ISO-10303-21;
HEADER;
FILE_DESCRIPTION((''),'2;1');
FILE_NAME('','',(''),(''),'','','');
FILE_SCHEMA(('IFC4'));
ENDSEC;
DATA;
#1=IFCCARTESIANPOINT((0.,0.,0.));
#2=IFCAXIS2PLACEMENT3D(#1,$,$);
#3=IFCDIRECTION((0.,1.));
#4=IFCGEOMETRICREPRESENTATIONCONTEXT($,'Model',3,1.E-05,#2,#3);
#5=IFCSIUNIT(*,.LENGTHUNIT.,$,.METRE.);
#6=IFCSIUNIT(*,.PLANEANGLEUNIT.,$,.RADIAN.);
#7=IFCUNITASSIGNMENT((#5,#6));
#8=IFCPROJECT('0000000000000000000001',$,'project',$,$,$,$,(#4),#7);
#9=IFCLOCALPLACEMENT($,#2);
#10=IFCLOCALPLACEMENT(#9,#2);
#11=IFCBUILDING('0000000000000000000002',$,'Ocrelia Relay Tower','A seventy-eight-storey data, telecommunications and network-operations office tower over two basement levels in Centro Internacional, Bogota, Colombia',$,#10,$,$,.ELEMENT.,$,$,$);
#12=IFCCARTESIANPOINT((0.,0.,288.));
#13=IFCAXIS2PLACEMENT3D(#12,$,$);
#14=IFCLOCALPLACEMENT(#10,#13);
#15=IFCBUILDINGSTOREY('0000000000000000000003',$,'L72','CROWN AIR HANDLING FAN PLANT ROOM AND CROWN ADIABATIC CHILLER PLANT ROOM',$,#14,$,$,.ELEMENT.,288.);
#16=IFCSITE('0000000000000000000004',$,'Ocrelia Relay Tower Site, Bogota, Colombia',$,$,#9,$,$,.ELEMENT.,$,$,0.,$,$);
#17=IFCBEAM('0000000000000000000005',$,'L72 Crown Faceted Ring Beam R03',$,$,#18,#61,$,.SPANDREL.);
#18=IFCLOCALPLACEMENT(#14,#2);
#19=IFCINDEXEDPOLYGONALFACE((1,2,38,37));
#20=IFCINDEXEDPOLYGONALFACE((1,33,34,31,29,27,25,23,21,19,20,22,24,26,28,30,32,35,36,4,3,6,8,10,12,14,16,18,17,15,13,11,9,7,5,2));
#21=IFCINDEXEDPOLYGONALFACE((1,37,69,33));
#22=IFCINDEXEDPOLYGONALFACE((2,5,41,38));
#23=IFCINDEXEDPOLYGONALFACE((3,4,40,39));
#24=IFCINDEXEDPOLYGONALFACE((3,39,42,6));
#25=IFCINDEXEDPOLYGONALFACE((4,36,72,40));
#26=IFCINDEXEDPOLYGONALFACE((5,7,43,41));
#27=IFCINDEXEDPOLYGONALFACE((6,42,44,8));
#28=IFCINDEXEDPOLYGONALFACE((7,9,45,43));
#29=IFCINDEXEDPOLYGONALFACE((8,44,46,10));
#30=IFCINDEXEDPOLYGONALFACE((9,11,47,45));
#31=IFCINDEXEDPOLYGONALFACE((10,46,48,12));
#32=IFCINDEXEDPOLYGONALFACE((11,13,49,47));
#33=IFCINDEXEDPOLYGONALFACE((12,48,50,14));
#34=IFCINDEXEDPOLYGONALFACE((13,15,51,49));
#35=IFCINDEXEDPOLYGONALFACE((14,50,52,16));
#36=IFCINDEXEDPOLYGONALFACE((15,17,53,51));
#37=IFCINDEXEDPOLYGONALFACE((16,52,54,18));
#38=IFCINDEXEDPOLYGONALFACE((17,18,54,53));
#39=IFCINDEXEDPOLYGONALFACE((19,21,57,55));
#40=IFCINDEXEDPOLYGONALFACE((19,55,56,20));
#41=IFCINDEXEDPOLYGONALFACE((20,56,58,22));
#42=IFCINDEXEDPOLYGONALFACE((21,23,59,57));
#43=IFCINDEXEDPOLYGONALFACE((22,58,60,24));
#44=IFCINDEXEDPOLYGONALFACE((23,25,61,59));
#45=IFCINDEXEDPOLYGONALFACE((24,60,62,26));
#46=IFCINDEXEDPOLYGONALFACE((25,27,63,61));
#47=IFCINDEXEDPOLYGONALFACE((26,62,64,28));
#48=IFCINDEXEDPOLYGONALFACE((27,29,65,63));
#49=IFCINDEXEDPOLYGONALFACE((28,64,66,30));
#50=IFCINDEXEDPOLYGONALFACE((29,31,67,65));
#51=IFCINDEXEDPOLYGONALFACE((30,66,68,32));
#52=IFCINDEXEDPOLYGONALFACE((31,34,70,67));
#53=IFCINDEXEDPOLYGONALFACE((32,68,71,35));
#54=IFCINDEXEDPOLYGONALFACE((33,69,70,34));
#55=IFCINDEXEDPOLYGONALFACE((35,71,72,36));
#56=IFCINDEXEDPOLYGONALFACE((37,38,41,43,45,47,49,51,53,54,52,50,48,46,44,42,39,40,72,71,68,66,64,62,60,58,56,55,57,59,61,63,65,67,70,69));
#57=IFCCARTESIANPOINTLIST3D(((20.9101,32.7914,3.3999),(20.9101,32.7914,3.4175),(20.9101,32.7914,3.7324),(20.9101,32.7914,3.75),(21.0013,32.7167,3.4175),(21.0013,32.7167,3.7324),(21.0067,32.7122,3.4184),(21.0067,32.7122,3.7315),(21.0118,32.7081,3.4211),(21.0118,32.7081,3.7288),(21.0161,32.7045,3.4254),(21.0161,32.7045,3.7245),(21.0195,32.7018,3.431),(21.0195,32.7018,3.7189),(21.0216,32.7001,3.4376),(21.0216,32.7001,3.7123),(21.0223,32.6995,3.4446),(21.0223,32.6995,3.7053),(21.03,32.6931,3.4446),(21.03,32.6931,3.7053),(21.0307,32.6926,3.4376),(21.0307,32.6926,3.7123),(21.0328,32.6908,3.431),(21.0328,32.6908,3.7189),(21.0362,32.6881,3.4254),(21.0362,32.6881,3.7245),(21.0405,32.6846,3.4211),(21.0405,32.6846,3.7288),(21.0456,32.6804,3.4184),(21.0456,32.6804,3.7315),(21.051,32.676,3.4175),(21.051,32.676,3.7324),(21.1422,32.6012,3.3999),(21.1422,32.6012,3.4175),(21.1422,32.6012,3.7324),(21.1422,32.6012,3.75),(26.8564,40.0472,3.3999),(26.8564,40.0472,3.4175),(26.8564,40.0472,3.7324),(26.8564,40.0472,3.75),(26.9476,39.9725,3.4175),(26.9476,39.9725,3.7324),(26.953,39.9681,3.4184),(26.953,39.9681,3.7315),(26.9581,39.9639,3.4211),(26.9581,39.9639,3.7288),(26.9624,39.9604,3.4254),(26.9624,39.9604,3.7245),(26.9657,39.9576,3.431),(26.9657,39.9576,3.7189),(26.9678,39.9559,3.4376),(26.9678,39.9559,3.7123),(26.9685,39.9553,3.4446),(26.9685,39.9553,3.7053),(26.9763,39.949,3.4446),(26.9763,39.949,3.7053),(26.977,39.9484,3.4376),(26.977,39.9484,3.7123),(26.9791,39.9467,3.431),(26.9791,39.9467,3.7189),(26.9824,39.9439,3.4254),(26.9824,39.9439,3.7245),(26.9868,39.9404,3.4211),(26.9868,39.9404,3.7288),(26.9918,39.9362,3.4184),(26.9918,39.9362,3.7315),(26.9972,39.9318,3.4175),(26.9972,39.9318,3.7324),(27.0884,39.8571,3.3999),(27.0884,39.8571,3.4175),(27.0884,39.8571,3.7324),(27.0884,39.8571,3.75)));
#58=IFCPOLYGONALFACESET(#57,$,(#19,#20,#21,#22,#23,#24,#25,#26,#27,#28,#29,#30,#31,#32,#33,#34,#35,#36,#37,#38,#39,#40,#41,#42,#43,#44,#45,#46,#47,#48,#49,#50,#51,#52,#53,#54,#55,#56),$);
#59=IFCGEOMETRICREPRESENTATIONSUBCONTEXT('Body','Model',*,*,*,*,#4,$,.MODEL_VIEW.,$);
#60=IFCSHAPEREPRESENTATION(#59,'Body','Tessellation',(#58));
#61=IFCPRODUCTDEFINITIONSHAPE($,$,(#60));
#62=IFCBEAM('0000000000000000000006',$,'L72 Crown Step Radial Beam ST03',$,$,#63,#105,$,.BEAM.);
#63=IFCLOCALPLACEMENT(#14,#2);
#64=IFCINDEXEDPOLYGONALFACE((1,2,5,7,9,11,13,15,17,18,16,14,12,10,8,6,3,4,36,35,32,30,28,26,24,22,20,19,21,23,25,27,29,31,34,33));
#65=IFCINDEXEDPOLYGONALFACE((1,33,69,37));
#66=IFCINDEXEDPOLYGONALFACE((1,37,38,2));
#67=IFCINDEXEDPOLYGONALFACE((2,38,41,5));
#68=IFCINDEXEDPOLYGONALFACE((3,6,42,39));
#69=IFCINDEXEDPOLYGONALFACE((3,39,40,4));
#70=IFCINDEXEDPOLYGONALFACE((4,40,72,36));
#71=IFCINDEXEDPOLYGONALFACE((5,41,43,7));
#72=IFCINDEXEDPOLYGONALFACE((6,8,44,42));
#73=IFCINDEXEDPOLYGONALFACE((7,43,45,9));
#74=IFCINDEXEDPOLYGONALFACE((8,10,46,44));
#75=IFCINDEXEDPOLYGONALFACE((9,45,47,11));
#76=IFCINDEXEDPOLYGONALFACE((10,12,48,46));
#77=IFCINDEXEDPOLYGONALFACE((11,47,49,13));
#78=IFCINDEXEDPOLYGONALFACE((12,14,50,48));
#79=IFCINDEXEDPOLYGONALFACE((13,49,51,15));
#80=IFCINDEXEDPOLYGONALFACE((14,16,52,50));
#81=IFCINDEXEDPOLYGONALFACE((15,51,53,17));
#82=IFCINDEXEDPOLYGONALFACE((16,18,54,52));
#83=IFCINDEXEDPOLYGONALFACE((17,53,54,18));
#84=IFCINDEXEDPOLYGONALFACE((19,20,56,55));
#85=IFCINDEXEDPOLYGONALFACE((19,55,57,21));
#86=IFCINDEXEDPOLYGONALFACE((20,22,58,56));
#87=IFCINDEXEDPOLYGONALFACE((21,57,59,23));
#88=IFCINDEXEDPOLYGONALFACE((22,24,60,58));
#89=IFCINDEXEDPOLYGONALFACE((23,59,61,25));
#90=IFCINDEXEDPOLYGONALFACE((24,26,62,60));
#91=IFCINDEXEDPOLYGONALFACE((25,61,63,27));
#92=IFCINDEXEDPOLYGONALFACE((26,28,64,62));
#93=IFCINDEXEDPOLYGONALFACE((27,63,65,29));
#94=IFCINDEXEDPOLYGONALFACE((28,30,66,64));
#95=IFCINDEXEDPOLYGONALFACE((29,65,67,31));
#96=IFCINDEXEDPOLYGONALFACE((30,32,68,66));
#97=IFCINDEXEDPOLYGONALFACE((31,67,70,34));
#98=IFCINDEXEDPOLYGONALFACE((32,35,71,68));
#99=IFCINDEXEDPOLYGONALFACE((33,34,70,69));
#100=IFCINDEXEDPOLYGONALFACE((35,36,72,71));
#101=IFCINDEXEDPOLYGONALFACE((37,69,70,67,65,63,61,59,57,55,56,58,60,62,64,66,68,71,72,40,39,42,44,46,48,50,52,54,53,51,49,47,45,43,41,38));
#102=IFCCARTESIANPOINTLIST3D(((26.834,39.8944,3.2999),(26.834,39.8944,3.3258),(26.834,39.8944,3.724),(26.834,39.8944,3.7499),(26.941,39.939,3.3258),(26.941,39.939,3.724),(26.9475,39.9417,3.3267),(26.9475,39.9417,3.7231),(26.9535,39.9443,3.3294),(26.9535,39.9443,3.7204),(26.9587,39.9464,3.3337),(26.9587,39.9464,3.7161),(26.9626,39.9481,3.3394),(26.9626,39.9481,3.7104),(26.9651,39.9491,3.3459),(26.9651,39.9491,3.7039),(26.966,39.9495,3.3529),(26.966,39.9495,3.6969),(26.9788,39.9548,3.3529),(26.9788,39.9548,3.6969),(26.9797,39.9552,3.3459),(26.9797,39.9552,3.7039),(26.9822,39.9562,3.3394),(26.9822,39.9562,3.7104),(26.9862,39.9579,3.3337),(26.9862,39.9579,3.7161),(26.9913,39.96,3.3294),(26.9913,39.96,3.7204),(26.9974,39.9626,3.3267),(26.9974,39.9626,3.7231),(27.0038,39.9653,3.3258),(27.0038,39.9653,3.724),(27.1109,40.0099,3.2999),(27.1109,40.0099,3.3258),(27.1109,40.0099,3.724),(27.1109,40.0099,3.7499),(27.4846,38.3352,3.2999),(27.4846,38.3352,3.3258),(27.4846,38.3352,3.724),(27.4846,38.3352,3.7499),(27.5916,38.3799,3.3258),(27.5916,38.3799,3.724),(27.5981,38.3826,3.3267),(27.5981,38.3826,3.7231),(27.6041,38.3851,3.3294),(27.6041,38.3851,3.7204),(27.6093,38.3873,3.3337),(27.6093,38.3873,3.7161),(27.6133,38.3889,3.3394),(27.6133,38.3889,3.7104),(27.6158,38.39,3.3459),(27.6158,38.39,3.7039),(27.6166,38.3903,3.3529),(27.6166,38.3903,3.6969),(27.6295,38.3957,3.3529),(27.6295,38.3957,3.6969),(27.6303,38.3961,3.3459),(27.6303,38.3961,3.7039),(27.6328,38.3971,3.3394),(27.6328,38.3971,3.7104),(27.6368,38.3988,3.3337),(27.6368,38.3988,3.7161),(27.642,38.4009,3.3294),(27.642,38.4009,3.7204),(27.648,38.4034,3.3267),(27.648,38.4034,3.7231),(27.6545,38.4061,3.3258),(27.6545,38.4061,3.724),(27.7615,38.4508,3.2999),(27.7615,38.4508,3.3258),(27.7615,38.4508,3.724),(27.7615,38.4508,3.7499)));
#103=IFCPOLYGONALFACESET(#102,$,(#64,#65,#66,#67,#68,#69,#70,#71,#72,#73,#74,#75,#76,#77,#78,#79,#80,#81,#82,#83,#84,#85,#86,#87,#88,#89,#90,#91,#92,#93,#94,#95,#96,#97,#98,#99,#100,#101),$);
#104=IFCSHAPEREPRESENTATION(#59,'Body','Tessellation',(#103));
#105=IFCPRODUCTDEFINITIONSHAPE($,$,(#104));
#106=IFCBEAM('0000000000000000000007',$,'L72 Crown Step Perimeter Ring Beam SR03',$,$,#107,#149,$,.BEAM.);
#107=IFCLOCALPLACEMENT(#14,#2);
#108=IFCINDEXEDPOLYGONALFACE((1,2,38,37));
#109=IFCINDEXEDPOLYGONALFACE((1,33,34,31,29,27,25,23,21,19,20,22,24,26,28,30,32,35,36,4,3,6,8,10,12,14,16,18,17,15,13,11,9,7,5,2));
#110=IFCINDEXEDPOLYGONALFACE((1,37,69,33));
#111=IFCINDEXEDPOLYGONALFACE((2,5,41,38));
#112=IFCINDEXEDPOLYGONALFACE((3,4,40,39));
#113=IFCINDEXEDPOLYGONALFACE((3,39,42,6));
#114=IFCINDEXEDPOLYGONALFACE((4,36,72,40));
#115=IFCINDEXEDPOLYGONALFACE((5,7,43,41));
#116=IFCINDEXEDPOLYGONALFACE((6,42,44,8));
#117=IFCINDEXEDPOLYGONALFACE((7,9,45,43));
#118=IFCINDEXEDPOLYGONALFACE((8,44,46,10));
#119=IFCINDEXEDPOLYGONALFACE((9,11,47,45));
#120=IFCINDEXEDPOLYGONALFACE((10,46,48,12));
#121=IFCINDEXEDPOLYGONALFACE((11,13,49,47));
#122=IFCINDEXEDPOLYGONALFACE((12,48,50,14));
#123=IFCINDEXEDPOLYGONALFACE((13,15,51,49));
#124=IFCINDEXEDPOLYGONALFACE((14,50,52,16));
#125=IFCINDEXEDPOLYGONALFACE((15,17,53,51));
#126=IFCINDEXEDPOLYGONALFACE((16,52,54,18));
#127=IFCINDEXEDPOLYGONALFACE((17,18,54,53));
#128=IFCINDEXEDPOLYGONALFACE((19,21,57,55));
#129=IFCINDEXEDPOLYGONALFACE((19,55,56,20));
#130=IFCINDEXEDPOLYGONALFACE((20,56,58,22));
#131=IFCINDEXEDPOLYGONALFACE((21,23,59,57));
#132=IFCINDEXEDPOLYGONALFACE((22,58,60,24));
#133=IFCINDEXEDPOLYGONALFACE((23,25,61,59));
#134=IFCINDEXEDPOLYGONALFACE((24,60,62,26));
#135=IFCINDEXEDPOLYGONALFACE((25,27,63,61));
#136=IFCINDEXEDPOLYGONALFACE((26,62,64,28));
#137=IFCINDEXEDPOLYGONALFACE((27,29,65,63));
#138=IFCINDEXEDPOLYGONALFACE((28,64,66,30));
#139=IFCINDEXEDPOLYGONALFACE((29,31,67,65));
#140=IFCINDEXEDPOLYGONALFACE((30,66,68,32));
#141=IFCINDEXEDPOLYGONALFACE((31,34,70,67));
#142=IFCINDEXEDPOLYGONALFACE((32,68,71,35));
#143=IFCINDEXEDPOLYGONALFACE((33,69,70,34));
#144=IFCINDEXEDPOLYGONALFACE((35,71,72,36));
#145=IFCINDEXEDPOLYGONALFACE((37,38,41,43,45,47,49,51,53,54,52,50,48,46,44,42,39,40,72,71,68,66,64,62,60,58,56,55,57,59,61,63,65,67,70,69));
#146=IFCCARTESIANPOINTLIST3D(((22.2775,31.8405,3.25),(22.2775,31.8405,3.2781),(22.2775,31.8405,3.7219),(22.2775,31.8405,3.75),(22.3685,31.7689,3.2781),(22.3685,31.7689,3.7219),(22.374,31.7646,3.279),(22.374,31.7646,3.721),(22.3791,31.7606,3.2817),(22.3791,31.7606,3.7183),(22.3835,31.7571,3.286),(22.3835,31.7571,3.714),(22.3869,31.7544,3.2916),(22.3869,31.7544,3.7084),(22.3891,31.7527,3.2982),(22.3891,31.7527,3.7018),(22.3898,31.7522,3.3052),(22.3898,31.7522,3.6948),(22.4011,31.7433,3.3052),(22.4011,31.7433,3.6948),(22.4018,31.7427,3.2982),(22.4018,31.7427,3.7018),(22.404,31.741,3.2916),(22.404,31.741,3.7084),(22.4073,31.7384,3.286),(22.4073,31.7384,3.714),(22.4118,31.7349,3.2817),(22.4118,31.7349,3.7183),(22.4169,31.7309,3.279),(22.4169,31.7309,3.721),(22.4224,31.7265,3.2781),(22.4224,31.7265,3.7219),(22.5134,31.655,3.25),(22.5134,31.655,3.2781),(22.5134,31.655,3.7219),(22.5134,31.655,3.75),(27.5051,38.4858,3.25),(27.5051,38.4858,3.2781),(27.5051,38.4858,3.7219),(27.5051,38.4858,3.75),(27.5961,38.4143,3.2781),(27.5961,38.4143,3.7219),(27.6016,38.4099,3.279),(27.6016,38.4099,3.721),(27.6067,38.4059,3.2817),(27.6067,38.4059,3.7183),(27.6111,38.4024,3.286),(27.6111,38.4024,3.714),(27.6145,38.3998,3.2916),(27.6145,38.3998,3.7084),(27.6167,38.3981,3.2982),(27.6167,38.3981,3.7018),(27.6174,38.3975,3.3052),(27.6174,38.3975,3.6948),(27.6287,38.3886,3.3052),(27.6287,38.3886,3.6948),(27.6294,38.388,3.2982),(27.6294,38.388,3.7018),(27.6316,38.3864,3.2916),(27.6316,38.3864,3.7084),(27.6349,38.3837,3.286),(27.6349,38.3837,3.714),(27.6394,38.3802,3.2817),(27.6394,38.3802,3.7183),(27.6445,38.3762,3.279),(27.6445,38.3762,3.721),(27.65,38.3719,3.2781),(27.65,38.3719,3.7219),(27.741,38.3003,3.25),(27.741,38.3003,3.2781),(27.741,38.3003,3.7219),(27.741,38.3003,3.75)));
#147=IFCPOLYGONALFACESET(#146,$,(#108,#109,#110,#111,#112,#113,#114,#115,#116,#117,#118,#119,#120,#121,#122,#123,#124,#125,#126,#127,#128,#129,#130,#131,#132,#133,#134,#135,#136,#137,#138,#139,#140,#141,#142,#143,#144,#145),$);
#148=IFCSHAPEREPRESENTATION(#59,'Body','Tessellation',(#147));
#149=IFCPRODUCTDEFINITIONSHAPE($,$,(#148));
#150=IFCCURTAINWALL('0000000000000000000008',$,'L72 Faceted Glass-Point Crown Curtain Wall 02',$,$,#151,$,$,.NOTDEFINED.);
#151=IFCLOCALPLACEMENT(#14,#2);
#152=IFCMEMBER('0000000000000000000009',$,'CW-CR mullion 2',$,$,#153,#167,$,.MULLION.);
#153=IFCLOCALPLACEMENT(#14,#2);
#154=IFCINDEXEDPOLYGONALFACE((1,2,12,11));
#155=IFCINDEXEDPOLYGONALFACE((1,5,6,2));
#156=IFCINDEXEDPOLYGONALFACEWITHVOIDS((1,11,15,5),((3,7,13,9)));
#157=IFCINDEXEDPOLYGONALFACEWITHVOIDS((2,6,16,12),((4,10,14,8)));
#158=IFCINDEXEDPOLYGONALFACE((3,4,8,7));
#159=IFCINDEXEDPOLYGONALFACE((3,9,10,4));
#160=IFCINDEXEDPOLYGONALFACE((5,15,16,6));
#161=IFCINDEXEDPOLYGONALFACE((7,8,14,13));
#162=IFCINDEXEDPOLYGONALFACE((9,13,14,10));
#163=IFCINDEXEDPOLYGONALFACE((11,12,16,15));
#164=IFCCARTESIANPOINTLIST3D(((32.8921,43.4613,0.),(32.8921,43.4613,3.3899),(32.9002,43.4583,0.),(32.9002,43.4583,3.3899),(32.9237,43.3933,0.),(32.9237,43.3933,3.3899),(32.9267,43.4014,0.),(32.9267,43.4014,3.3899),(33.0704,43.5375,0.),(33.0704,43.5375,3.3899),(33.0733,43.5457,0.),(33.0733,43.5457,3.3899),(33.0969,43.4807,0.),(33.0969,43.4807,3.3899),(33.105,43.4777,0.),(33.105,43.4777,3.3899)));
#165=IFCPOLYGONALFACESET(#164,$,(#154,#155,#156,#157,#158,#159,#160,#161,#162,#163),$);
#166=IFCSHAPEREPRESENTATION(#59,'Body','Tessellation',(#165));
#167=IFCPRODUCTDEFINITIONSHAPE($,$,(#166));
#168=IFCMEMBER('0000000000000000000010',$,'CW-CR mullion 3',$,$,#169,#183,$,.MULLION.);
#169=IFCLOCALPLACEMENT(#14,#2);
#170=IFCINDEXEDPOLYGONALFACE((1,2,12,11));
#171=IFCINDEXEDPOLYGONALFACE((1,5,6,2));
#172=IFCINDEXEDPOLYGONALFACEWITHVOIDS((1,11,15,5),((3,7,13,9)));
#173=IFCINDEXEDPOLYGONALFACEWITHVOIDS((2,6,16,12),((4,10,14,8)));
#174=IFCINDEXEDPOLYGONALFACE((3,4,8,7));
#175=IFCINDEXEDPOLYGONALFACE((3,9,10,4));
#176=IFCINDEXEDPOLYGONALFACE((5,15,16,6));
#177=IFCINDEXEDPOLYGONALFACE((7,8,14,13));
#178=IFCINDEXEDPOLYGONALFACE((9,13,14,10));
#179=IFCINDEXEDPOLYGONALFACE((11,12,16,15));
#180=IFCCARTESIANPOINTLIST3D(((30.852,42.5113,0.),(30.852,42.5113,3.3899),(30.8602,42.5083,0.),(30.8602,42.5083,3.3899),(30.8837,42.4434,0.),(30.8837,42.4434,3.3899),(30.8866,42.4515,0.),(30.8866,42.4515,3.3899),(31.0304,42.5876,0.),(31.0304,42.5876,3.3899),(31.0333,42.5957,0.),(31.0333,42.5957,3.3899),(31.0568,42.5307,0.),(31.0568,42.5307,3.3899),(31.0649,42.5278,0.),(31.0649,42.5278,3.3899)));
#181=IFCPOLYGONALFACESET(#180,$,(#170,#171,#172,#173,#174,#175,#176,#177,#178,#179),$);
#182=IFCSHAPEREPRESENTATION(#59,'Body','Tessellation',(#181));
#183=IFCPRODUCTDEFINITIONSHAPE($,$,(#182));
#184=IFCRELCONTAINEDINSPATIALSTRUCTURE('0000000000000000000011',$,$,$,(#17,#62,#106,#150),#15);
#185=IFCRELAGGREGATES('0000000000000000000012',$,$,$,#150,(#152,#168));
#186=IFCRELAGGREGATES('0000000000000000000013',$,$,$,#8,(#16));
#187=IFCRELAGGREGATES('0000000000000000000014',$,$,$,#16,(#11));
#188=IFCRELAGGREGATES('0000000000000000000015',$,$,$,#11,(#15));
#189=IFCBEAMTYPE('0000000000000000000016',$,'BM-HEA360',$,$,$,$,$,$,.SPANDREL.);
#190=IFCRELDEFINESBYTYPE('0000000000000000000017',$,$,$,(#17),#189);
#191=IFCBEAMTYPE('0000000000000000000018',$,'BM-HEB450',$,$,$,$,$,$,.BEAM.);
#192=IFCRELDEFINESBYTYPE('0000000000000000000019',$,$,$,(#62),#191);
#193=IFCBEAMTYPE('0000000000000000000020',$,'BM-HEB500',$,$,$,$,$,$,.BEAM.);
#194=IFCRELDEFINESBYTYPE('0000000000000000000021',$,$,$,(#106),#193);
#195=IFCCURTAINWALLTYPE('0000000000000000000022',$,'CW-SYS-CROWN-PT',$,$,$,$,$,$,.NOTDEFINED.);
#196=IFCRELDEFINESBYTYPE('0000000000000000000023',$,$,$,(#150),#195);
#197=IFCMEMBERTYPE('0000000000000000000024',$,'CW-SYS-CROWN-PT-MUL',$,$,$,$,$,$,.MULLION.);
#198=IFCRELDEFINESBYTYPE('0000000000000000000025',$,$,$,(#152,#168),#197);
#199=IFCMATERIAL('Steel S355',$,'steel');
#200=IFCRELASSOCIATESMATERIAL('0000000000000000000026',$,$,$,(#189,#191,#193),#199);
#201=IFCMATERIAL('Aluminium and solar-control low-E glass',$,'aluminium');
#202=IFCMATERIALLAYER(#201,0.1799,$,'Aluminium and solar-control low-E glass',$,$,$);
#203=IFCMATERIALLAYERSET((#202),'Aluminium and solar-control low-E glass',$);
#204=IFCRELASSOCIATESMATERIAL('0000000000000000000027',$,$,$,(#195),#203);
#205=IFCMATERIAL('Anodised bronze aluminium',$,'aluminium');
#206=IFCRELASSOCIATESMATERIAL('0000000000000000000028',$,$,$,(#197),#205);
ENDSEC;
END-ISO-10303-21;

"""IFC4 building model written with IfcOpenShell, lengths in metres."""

from ifc_helpers import new_model, si_unit, direction, frame, origin, origin_2d, place, context, subcontext, project, spatial, hollow_rectangle, i_section, extrude, material, layer, layer_set, material_profile, profile_set, type_object, element, aggregate, save


model = new_model("IFC4")

# Units and contexts
model_context = context("Model", 3, precision=1e-05, world=origin(), true_north=direction((0.0, 1.0)))
body_context = subcontext(model_context, "Body", "Model", "MODEL_VIEW")
ifc_project = project(units=[si_unit("LENGTHUNIT", "METRE"), si_unit("PLANEANGLEUNIT", "RADIAN")], contexts=[model_context])

# Site, building, storey
site_placement = place(None, origin())
site = spatial("IfcSite", under=ifc_project, at=site_placement, Name="Ocrelia Relay Tower Site, Bogota, Colombia", CompositionType="ELEMENT", RefElevation=0.0)
building_placement = place(site_placement, origin())
building = spatial("IfcBuilding", under=site, at=building_placement, Name="Ocrelia Relay Tower", Description="A seventy-eight-storey data, telecommunications and network-operations office tower over two basement levels in Centro Internacional, Bogota, Colombia", CompositionType="ELEMENT")
storey_placement = place(building_placement, frame((0.0, 0.0, 288.0)))
storey = spatial("IfcBuildingStorey", under=building, at=storey_placement, Name="L72", Description="CROWN AIR HANDLING FAN PLANT ROOM AND CROWN ADIABATIC CHILLER PLANT ROOM", CompositionType="ELEMENT", Elevation=288.0)

# Beams
ifc_material_1 = material(Name="Steel S355", Category="steel")
ifc_material_profile_1 = material_profile(ifc_material_1, i_section(OverallWidth=0.3, OverallDepth=0.3501, WebThickness=0.01, FlangeThickness=0.0176, FilletRadius=0.0271, at=origin_2d()), Name="HEA 360")
ifc_profile_set_1 = profile_set([ifc_material_profile_1], Name="Steel S355")
beam_type_1 = type_object("IfcBeamType", Name="BM-HEA360", PredefinedType="SPANDREL", material=ifc_profile_set_1)
beam_1_placement = place(storey_placement, frame((26.9724, 39.9521, 3.575), z_axis=(-0.633855, -0.773452, 0.0), x_axis=(0.773452, -0.633855, 0.0)))
element("IfcBeam", 1, at=beam_1_placement, inside=storey, type_object=beam_type_1, Name="L72 Crown Faceted Ring Beam R03", PredefinedType="SPANDREL", context=body_context, shape_type="SweptSolid", body=[
    extrude(i_section(OverallWidth=0.3, OverallDepth=0.3501, WebThickness=0.01, FlangeThickness=0.0176, FilletRadius=0.0271, at=origin_2d()), origin(), (0.0, 0.0, 1.0), 9.3811),
])
ifc_material_profile_2 = material_profile(ifc_material_1, i_section(OverallWidth=0.3, OverallDepth=0.45, WebThickness=0.0139, FlangeThickness=0.0259, FilletRadius=0.0271, at=origin_2d()), Name="HEB 450")
ifc_profile_set_2 = profile_set([ifc_material_profile_2], Name="Steel S355")
beam_type_2 = type_object("IfcBeamType", Name="BM-HEB450", PredefinedType="BEAM", material=ifc_profile_set_2)
beam_2_placement = place(storey_placement, frame((26.9724, 39.9521, 3.5249), z_axis=(0.385128, -0.922863, 0.0), x_axis=(0.922863, 0.385128, 0.0)))
element("IfcBeam", 2, at=beam_2_placement, inside=storey, type_object=beam_type_2, Name="L72 Crown Step Radial Beam ST03", PredefinedType="BEAM", context=body_context, shape_type="SweptSolid", body=[
    extrude(i_section(OverallWidth=0.3, OverallDepth=0.45, WebThickness=0.0139, FlangeThickness=0.0259, FilletRadius=0.0271, at=origin_2d()), origin(), (0.0, 0.0, 1.0), 1.6895),
])
ifc_material_profile_3 = material_profile(ifc_material_1, i_section(OverallWidth=0.3, OverallDepth=0.5, WebThickness=0.0144, FlangeThickness=0.0281, FilletRadius=0.0271, at=origin_2d()), Name="HEB 500")
ifc_profile_set_3 = profile_set([ifc_material_profile_3], Name="Steel S355")
beam_type_3 = type_object("IfcBeamType", Name="BM-HEB500", PredefinedType="BEAM", material=ifc_profile_set_3)
beam_3_placement = place(storey_placement, frame((27.623, 38.3931, 3.5), z_axis=(-0.618279, -0.785958, 0.0), x_axis=(0.785958, -0.618279, 0.0)))
element("IfcBeam", 3, at=beam_3_placement, inside=storey, type_object=beam_type_3, Name="L72 Crown Step Perimeter Ring Beam SR03", PredefinedType="BEAM", context=body_context, shape_type="SweptSolid", body=[
    extrude(i_section(OverallWidth=0.3, OverallDepth=0.5, WebThickness=0.0144, FlangeThickness=0.0281, FilletRadius=0.0271, at=origin_2d()), origin(), (0.0, 0.0, 1.0), 8.4551),
])

# Curtain wall, members
ifc_material_2 = material(Name="Aluminium and solar-control low-E glass", Category="aluminium")
ifc_layer_1 = layer(ifc_material_2, 0.1799, Name="Aluminium and solar-control low-E glass")
ifc_layer_set_1 = layer_set([ifc_layer_1], Name="Aluminium and solar-control low-E glass")
curtain_wall_type = type_object("IfcCurtainWallType", Name="CW-SYS-CROWN-PT", PredefinedType="NOTDEFINED", material=ifc_layer_set_1)
curtain_wall_placement = place(storey_placement, origin())
curtain_wall = element("IfcCurtainWall", 4, at=curtain_wall_placement, inside=storey, type_object=curtain_wall_type, Name="L72 Faceted Glass-Point Crown Curtain Wall 02", PredefinedType="NOTDEFINED")
ifc_material_3 = material(Name="Anodised bronze aluminium", Category="aluminium")
ifc_material_profile_4 = material_profile(ifc_material_3, hollow_rectangle(XDim=0.075, YDim=0.2, WallThickness=0.0061, at=origin_2d()), Name="CW-MUL-200x75")
ifc_profile_set_4 = profile_set([ifc_material_profile_4], Name="Anodised bronze aluminium")
member_type_1 = type_object("IfcMemberType", Name="CW-SYS-CROWN-PT-MUL", PredefinedType="MULLION", material=ifc_profile_set_4)
member_1_placement = place(storey_placement, frame((32.9985, 43.4695, 0.0), z_axis=(0.0, 0.0, 1.0), x_axis=(0.422115, -0.906542, 0.0)))
member_1 = element("IfcMember", 5, at=member_1_placement, type_object=member_type_1, Name="CW-CR mullion 2", PredefinedType="MULLION", context=body_context, shape_type="SweptSolid", body=[
    extrude(hollow_rectangle(XDim=0.075, YDim=0.2, WallThickness=0.0061, at=origin_2d()), origin(), (0.0, 0.0, 1.0), 3.3899),
])
member_2_placement = place(storey_placement, frame((30.9585, 42.5195, 0.0), z_axis=(0.0, 0.0, 1.0), x_axis=(0.422115, -0.906542, 0.0)))
member_2 = element("IfcMember", 6, at=member_2_placement, type_object=member_type_1, Name="CW-CR mullion 3", PredefinedType="MULLION", context=body_context, shape_type="SweptSolid", body=[
    extrude(hollow_rectangle(XDim=0.075, YDim=0.2, WallThickness=0.0061, at=origin_2d()), origin(), (0.0, 0.0, 1.0), 3.3899),
])
aggregate(curtain_wall, [member_1, member_2])

save(model, "model.ifc")
